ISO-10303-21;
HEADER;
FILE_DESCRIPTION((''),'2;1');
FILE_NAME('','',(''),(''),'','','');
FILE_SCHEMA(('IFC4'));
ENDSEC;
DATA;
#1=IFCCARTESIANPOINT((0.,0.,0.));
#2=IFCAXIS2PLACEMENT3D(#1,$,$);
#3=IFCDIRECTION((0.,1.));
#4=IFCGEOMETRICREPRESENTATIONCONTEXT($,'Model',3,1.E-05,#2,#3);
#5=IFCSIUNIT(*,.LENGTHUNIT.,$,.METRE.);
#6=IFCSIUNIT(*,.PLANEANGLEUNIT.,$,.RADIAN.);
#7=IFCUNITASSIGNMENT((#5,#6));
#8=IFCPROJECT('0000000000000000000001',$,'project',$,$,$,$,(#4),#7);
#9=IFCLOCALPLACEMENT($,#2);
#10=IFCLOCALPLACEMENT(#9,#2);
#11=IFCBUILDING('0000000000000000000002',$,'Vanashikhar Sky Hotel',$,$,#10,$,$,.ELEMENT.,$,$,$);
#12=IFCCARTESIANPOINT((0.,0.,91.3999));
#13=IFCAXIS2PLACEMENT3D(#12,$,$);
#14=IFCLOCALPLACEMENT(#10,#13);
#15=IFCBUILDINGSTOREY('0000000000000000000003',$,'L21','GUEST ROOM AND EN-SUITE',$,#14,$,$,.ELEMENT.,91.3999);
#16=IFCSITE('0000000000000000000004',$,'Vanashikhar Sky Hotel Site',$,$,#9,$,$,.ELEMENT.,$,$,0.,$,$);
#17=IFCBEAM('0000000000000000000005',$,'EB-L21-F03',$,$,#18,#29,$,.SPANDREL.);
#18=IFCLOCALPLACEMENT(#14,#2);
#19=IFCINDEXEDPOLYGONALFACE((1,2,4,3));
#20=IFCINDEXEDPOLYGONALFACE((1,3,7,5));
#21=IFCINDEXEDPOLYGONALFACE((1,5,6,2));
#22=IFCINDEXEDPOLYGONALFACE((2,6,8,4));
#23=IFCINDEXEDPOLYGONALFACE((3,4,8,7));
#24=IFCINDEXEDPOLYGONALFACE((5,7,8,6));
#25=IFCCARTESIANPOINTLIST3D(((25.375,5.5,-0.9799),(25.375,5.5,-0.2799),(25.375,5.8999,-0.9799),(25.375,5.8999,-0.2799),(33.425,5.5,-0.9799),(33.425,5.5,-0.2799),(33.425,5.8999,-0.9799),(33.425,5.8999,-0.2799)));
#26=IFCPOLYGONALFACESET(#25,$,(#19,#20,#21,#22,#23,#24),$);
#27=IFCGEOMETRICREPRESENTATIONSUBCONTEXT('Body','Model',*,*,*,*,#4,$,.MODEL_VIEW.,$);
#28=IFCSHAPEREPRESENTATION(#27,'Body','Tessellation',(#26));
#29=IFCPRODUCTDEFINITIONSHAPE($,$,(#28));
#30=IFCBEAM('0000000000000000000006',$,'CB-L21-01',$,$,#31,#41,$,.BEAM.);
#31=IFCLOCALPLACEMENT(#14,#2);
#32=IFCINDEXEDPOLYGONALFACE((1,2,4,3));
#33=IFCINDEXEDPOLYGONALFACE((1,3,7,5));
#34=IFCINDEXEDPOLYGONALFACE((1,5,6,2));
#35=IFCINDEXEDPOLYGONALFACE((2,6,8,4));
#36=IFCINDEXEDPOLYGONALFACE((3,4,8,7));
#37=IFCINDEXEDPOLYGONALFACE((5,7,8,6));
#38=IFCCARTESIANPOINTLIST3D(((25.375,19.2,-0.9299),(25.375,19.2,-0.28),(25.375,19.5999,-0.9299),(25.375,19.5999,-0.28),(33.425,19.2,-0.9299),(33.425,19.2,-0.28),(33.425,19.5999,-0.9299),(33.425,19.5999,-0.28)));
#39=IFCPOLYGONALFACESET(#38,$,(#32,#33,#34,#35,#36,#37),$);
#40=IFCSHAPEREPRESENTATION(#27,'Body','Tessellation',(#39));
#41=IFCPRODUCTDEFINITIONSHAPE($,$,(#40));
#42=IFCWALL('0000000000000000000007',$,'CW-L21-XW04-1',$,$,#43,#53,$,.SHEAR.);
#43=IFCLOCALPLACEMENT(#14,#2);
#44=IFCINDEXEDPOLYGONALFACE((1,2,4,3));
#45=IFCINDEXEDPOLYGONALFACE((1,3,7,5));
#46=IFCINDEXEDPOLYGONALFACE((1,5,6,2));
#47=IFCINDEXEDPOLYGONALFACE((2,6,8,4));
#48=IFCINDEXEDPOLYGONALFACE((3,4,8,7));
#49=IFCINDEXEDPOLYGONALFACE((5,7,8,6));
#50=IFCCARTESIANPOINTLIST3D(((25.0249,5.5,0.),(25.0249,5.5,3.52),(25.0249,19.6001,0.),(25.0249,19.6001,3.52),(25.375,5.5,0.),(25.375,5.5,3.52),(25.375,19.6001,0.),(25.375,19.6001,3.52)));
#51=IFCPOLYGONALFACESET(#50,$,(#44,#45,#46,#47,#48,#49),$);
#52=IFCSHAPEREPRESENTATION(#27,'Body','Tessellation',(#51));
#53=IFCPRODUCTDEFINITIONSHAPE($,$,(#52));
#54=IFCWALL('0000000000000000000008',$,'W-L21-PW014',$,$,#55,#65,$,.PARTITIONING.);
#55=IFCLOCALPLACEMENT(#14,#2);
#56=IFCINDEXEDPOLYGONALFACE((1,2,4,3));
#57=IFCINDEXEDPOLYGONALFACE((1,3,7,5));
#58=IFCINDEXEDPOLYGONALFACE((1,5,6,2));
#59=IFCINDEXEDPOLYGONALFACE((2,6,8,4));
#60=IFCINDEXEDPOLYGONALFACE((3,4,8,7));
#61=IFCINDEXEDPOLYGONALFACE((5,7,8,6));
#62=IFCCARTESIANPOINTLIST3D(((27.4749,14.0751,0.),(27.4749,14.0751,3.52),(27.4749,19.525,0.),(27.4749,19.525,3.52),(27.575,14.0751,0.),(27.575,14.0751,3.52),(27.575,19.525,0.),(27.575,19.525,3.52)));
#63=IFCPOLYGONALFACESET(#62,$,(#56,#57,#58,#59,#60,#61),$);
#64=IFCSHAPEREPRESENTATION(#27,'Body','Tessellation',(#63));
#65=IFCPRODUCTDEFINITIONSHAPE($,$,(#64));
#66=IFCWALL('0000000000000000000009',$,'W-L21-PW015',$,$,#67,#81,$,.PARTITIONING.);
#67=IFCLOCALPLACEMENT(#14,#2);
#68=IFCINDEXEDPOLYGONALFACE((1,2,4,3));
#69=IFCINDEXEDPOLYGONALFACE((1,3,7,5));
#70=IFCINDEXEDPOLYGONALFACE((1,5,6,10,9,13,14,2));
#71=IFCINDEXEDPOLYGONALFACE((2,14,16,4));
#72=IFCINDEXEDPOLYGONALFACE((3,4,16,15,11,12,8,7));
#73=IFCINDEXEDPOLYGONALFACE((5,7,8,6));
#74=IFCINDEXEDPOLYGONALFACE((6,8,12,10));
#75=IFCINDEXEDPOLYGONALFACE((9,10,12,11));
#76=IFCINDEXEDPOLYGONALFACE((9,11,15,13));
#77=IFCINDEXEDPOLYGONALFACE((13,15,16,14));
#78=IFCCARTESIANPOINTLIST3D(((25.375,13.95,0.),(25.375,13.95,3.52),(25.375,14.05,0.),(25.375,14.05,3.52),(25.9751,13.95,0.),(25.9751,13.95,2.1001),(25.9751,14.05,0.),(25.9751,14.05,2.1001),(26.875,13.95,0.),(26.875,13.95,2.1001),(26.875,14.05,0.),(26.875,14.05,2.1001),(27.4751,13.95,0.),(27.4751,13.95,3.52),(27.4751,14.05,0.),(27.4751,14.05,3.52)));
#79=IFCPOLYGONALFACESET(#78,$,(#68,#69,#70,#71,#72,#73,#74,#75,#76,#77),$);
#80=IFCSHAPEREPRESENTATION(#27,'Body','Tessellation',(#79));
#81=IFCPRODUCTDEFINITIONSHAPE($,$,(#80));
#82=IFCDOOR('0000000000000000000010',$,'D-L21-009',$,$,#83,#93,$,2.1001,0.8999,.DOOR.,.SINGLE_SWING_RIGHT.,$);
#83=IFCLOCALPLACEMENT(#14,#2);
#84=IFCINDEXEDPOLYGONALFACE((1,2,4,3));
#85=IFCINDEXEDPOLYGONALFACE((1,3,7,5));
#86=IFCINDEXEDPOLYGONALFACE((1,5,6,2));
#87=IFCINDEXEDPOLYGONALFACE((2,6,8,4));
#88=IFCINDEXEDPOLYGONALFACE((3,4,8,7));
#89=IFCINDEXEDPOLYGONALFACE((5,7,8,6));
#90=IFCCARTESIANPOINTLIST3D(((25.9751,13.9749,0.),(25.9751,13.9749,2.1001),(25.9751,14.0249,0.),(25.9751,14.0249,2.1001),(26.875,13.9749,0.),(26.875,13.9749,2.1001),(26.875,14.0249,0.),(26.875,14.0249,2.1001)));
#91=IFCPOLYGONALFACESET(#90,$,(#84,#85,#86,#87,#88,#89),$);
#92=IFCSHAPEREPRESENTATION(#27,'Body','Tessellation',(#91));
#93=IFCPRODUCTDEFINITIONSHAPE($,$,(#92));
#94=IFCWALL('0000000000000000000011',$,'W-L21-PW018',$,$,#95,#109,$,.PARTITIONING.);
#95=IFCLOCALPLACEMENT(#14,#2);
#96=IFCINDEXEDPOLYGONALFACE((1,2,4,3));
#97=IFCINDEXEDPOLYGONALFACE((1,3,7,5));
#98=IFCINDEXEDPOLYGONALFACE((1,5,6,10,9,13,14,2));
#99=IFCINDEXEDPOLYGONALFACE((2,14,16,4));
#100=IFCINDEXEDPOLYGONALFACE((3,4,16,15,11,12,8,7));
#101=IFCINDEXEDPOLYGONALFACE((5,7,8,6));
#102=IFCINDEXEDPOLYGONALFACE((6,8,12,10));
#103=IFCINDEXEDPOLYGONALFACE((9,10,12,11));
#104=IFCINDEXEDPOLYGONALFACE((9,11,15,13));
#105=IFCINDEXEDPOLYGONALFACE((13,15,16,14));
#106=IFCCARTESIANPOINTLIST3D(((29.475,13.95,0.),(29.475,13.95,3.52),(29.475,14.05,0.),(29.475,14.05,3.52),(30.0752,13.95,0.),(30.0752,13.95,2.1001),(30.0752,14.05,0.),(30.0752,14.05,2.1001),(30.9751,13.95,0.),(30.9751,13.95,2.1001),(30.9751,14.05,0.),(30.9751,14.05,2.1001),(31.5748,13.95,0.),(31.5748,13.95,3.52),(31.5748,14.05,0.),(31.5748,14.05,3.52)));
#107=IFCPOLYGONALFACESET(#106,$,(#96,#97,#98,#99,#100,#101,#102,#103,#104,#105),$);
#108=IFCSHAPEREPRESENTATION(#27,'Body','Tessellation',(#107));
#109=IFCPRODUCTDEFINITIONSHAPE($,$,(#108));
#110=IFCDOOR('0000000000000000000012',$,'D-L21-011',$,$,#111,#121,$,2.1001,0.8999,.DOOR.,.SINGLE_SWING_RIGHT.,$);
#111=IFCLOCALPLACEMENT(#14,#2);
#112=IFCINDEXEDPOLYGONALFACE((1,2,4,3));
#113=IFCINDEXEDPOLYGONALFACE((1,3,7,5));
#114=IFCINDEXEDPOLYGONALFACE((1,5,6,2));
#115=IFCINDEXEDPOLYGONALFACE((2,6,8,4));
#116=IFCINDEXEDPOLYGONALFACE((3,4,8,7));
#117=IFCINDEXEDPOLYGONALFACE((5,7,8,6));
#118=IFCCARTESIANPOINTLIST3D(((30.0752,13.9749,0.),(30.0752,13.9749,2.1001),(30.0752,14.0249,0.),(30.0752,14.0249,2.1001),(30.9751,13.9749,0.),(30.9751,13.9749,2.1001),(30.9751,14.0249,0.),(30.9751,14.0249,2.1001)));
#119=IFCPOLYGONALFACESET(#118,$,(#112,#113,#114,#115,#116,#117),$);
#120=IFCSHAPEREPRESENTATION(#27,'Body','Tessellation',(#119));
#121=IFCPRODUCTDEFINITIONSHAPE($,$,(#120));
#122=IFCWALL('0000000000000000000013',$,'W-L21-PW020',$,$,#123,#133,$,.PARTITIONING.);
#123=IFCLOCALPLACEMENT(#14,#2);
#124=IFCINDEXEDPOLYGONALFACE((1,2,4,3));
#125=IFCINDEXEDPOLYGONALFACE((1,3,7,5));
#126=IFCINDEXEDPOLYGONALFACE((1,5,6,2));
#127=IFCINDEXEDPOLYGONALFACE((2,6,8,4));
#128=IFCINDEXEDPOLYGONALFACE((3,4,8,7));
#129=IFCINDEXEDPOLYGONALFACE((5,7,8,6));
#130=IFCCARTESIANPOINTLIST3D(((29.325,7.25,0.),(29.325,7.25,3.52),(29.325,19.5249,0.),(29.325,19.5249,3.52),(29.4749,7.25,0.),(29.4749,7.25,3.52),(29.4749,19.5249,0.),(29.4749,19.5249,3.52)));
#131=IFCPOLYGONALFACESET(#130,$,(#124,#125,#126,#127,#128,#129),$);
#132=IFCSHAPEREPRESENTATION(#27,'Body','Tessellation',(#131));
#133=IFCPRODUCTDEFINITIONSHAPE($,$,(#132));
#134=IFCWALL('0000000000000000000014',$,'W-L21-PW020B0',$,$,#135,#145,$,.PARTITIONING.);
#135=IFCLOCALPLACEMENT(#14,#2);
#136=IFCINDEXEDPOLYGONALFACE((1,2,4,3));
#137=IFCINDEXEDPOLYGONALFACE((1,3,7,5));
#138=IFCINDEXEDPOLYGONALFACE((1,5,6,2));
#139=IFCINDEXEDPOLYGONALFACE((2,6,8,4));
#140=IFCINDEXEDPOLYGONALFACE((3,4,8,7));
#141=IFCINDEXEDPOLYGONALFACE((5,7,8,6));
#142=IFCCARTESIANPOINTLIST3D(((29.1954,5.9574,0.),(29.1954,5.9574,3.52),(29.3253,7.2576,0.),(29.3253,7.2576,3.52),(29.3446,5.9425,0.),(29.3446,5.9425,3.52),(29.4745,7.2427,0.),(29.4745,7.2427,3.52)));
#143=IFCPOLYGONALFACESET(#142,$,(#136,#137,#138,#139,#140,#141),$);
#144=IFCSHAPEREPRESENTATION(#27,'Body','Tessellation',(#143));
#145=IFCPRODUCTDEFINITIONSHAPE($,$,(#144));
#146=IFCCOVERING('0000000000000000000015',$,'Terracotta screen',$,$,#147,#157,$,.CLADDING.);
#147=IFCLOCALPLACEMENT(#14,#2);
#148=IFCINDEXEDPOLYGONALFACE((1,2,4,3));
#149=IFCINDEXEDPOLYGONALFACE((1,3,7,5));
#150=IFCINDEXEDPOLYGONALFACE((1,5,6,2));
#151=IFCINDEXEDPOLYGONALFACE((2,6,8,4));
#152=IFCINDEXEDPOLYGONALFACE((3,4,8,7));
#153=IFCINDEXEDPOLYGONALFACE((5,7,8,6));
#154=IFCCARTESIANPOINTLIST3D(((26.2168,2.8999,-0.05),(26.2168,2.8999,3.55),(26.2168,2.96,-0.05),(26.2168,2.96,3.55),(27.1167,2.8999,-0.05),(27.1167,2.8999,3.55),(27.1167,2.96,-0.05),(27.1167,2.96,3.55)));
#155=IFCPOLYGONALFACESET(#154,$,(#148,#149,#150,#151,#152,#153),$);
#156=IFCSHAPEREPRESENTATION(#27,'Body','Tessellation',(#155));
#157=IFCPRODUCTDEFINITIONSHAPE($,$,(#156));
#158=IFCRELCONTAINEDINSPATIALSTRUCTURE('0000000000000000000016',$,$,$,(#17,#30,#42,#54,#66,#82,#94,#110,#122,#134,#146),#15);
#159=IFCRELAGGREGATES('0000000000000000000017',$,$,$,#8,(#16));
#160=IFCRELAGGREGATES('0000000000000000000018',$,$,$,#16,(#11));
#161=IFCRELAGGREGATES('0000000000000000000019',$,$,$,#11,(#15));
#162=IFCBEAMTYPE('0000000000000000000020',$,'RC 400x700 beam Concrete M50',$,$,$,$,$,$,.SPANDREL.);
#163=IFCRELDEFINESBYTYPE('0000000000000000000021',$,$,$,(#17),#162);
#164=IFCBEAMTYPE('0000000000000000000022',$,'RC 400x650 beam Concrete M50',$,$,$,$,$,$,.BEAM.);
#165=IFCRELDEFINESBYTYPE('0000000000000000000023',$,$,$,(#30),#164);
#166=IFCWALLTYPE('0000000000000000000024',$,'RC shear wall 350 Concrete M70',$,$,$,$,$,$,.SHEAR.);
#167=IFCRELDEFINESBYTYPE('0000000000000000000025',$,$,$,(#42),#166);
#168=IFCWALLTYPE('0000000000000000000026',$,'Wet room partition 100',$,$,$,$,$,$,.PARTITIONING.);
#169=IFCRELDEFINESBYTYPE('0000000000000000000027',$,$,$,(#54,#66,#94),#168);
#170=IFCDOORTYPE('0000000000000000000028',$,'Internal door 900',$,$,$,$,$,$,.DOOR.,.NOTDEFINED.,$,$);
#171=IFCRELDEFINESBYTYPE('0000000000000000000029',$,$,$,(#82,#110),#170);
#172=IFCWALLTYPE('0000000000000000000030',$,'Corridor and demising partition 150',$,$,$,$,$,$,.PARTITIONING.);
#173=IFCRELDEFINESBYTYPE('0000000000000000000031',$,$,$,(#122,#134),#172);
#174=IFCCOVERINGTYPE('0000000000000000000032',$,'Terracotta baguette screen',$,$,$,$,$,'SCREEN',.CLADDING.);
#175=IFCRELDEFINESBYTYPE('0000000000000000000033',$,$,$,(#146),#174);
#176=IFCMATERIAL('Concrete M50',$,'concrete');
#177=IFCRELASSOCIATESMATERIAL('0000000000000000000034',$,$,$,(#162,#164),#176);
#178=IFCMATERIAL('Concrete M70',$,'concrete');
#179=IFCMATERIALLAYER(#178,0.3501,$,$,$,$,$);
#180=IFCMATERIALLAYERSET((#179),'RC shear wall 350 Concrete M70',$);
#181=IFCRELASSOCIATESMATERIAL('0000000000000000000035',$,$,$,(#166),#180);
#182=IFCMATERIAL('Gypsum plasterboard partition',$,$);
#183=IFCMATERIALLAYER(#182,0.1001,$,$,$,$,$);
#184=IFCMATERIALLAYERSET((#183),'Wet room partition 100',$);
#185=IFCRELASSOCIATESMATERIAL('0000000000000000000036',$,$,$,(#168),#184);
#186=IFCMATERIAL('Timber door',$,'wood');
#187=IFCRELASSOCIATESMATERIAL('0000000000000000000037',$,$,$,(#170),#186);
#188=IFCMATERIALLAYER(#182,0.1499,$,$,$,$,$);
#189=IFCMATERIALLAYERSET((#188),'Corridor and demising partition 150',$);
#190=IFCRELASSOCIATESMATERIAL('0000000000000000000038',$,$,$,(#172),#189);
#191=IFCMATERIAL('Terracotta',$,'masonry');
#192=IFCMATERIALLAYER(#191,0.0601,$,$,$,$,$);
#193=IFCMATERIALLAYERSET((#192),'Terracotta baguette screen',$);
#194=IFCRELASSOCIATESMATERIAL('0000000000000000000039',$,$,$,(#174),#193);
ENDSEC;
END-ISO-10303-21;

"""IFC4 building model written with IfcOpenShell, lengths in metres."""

from ifc_helpers import new_model, si_unit, direction, frame, frame_2d, origin, origin_2d, place, context, subcontext, project, spatial, rectangle, extrude, source, transform, mapped, material, layer, layer_set, material_profile, profile_set, type_object, element, fill, save


model = new_model("IFC4")

# Units and contexts
model_context = context("Model", 3, precision=1e-05, world=origin(), true_north=direction((0.0, 1.0)))
body_context = subcontext(model_context, "Body", "Model", "MODEL_VIEW")
ifc_project = project(units=[si_unit("LENGTHUNIT", "METRE"), si_unit("PLANEANGLEUNIT", "RADIAN")], contexts=[model_context])

# Site, building, storey
site_placement = place(None, origin())
site = spatial("IfcSite", under=ifc_project, at=site_placement, Name="Vanashikhar Sky Hotel Site", CompositionType="ELEMENT", RefElevation=0.0)
building_placement = place(site_placement, origin())
building = spatial("IfcBuilding", under=site, at=building_placement, Name="Vanashikhar Sky Hotel", CompositionType="ELEMENT")
storey_placement = place(building_placement, frame((0.0, 0.0, 91.3999)))
storey = spatial("IfcBuildingStorey", under=building, at=storey_placement, Name="L21", Description="GUEST ROOM AND EN-SUITE", CompositionType="ELEMENT", Elevation=91.3999)

# Beams
ifc_material_1 = material(Name="Concrete M50", Category="concrete")
ifc_material_profile_1 = material_profile(ifc_material_1, rectangle(XDim=0.3999, YDim=0.7, at=origin_2d()))
ifc_profile_set_1 = profile_set([ifc_material_profile_1], Name="RC 400x700 beam Concrete M50")
beam_type_1 = type_object("IfcBeamType", Name="RC 400x700 beam Concrete M50", PredefinedType="SPANDREL", material=ifc_profile_set_1)
shared_shape_1 = source(origin(), body_context, "Body", "SweptSolid", [
    extrude(rectangle(XDim=0.3999, YDim=0.7, at=origin_2d()), origin(), (0.0, 0.0, 1.0), 8.05),
])
beam_1_placement = place(storey_placement, frame((25.375, 5.7, -0.6299), z_axis=(1.0, 0.0, 0.0), x_axis=(0.0, 1.0, 0.0)))
element("IfcBeam", 1, at=beam_1_placement, inside=storey, type_object=beam_type_1, Name="EB-L21-F03", PredefinedType="SPANDREL", context=body_context, shape_type="MappedRepresentation", body=[
    mapped(shared_shape_1, transform((0.0, 0.0, 0.0), scale=1.0)),
])
ifc_material_profile_2 = material_profile(ifc_material_1, rectangle(XDim=0.3999, YDim=0.6499, at=origin_2d()))
ifc_profile_set_2 = profile_set([ifc_material_profile_2], Name="RC 400x650 beam Concrete M50")
beam_type_2 = type_object("IfcBeamType", Name="RC 400x650 beam Concrete M50", PredefinedType="BEAM", material=ifc_profile_set_2)
shared_shape_2 = source(origin(), body_context, "Body", "SweptSolid", [
    extrude(rectangle(XDim=0.3999, YDim=0.6499, at=origin_2d()), origin(), (0.0, 0.0, 1.0), 8.05),
])
beam_2_placement = place(storey_placement, frame((25.375, 19.3999, -0.605), z_axis=(1.0, 0.0, 0.0), x_axis=(0.0, 1.0, 0.0)))
element("IfcBeam", 2, at=beam_2_placement, inside=storey, type_object=beam_type_2, Name="CB-L21-01", PredefinedType="BEAM", context=body_context, shape_type="MappedRepresentation", body=[
    mapped(shared_shape_2, transform((0.0, 0.0, 0.0), scale=1.0)),
])

# Wall
ifc_material_2 = material(Name="Concrete M70", Category="concrete")
ifc_layer_1 = layer(ifc_material_2, 0.3501)
ifc_layer_set_1 = layer_set([ifc_layer_1], Name="RC shear wall 350 Concrete M70")
wall_type_1 = type_object("IfcWallType", Name="RC shear wall 350 Concrete M70", PredefinedType="SHEAR", material=ifc_layer_set_1)
shared_shape_3 = source(origin(), body_context, "Body", "SweptSolid", [
    extrude(rectangle(XDim=14.1001, YDim=0.3501, at=frame_2d((7.05, 0.0))), origin(), (0.0, 0.0, 1.0), 3.52),
])
wall_1_placement = place(storey_placement, frame((25.2, 5.5, 0.0), z_axis=(0.0, 0.0, 1.0), x_axis=(0.0, 1.0, 0.0)))
element("IfcWall", 3, at=wall_1_placement, inside=storey, type_object=wall_type_1, Name="CW-L21-XW04-1", PredefinedType="SHEAR", context=body_context, shape_type="MappedRepresentation", body=[
    mapped(shared_shape_3, transform((0.0, 0.0, 0.0), scale=1.0)),
])

# Wall
ifc_material_3 = material(Name="Gypsum plasterboard partition")
ifc_layer_2 = layer(ifc_material_3, 0.1001)
ifc_layer_set_2 = layer_set([ifc_layer_2], Name="Wet room partition 100")
wall_type_2 = type_object("IfcWallType", Name="Wet room partition 100", PredefinedType="PARTITIONING", material=ifc_layer_set_2)
shared_shape_4 = source(origin(), body_context, "Body", "SweptSolid", [
    extrude(rectangle(XDim=5.45, YDim=0.1001, at=frame_2d((2.7251, 0.0))), origin(), (0.0, 0.0, 1.0), 3.52),
])
wall_2_placement = place(storey_placement, frame((27.5249, 14.075, 0.0), z_axis=(0.0, 0.0, 1.0), x_axis=(0.0, 1.0, 0.0)))
element("IfcWall", 4, at=wall_2_placement, inside=storey, type_object=wall_type_2, Name="W-L21-PW014", PredefinedType="PARTITIONING", context=body_context, shape_type="MappedRepresentation", body=[
    mapped(shared_shape_4, transform((0.0, 0.0, 0.0), scale=1.0)),
])

# Walls, openings, doors
shared_shape_5 = source(origin(), body_context, "Body", "SweptSolid", [
    extrude(rectangle(XDim=2.1001, YDim=0.1001, at=frame_2d((1.05, 0.0))), origin(), (0.0, 0.0, 1.0), 3.52),
])
wall_3_placement = place(storey_placement, frame((25.375, 14.0, 0.0), z_axis=(0.0, 0.0, 1.0), x_axis=(1.0, 0.0, 0.0)))
wall_3 = element("IfcWall", 5, at=wall_3_placement, inside=storey, type_object=wall_type_2, Name="W-L21-PW015", PredefinedType="PARTITIONING", context=body_context, shape_type="MappedRepresentation", body=[
    mapped(shared_shape_5, transform((0.0, 0.0, 0.0), scale=1.0)),
])
shared_shape_6 = source(origin(), body_context, "Body", "SweptSolid", [
    extrude(rectangle(XDim=0.8999, YDim=2.1001, at=frame_2d((0.45, 1.05))), frame((0.0, 0.0601, 0.0), z_axis=(0.0, -1.0, 0.0), x_axis=(1.0, 0.0, 0.0)), (0.0, 0.0, 1.0), 0.1201),
])
opening_1_placement = place(wall_3_placement, frame((0.6001, 0.0, 0.0)))
opening_1 = element("IfcOpeningElement", 6, at=opening_1_placement, cuts=wall_3, PredefinedType="OPENING", context=body_context, shape_type="MappedRepresentation", body=[
    mapped(shared_shape_6, transform((0.0, 0.0, 0.0), scale=1.0)),
])
ifc_material_4 = material(Name="Timber door", Category="wood")
door_type_1 = type_object("IfcDoorType", Name="Internal door 900", OperationType="NOTDEFINED", PredefinedType="DOOR", material=ifc_material_4)
shared_shape_7 = source(origin(), body_context, "Body", "SweptSolid", [
    extrude(rectangle(XDim=0.8999, YDim=2.1001, at=frame_2d((0.45, 1.05))), frame((0.0, 0.0249, 0.0), z_axis=(0.0, -1.0, 0.0), x_axis=(1.0, 0.0, 0.0)), (0.0, 0.0, 1.0), 0.05),
])
door_1_placement = place(opening_1_placement, origin())
door_1 = element("IfcDoor", 7, at=door_1_placement, inside=storey, type_object=door_type_1, Name="D-L21-009", OperationType="SINGLE_SWING_RIGHT", OverallHeight=2.1001, OverallWidth=0.8999, PredefinedType="DOOR", context=body_context, shape_type="MappedRepresentation", body=[
    mapped(shared_shape_7, transform((0.0, 0.0, 0.0), scale=1.0)),
])
fill(opening_1, door_1)
shared_shape_8 = source(origin(), body_context, "Body", "SweptSolid", [
    extrude(rectangle(XDim=2.0999, YDim=0.1001, at=frame_2d((1.0498, 0.0))), origin(), (0.0, 0.0, 1.0), 3.52),
])
wall_4_placement = place(storey_placement, frame((29.4751, 14.0, 0.0), z_axis=(0.0, 0.0, 1.0), x_axis=(1.0, 0.0, 0.0)))
wall_4 = element("IfcWall", 8, at=wall_4_placement, inside=storey, type_object=wall_type_2, Name="W-L21-PW018", PredefinedType="PARTITIONING", context=body_context, shape_type="MappedRepresentation", body=[
    mapped(shared_shape_8, transform((0.0, 0.0, 0.0), scale=1.0)),
])
opening_2_placement = place(wall_4_placement, frame((0.6001, 0.0, 0.0)))
opening_2 = element("IfcOpeningElement", 9, at=opening_2_placement, cuts=wall_4, PredefinedType="OPENING", context=body_context, shape_type="MappedRepresentation", body=[
    mapped(shared_shape_6, transform((0.0, 0.0, 0.0), scale=1.0)),
])
door_2_placement = place(opening_2_placement, origin())
door_2 = element("IfcDoor", 10, at=door_2_placement, inside=storey, type_object=door_type_1, Name="D-L21-011", OperationType="SINGLE_SWING_RIGHT", OverallHeight=2.1001, OverallWidth=0.8999, PredefinedType="DOOR", context=body_context, shape_type="MappedRepresentation", body=[
    mapped(shared_shape_7, transform((0.0, 0.0, 0.0), scale=1.0)),
])
fill(opening_2, door_2)

# Walls
ifc_layer_3 = layer(ifc_material_3, 0.1499)
ifc_layer_set_3 = layer_set([ifc_layer_3], Name="Corridor and demising partition 150")
wall_type_3 = type_object("IfcWallType", Name="Corridor and demising partition 150", PredefinedType="PARTITIONING", material=ifc_layer_set_3)
shared_shape_9 = source(origin(), body_context, "Body", "SweptSolid", [
    extrude(rectangle(XDim=12.2749, YDim=0.1499, at=frame_2d((6.1375, 0.0))), origin(), (0.0, 0.0, 1.0), 3.52),
])
wall_5_placement = place(storey_placement, frame((29.3999, 7.25, 0.0), z_axis=(0.0, 0.0, 1.0), x_axis=(0.0, 1.0, 0.0)))
element("IfcWall", 11, at=wall_5_placement, inside=storey, type_object=wall_type_3, Name="W-L21-PW020", PredefinedType="PARTITIONING", context=body_context, shape_type="MappedRepresentation", body=[
    mapped(shared_shape_9, transform((0.0, 0.0, 0.0), scale=1.0)),
])
shared_shape_10 = source(origin(), body_context, "Body", "SweptSolid", [
    extrude(rectangle(XDim=1.3066, YDim=0.1499, at=frame_2d((0.6533, 0.0))), origin(), (0.0, 0.0, 1.0), 3.52),
])
wall_6_placement = place(storey_placement, frame((29.27, 5.95, 0.0), z_axis=(0.0, 0.0, 1.0), x_axis=(0.099411, 0.995046, 0.0)))
element("IfcWall", 12, at=wall_6_placement, inside=storey, type_object=wall_type_3, Name="W-L21-PW020B0", PredefinedType="PARTITIONING", context=body_context, shape_type="MappedRepresentation", body=[
    mapped(shared_shape_10, transform((0.0, 0.0, 0.0), scale=1.0)),
])

# Covering
ifc_material_5 = material(Name="Terracotta", Category="masonry")
ifc_layer_4 = layer(ifc_material_5, 0.0601)
ifc_layer_set_4 = layer_set([ifc_layer_4], Name="Terracotta baguette screen")
covering_type = type_object("IfcCoveringType", Name="Terracotta baguette screen", ElementType="SCREEN", PredefinedType="CLADDING", material=ifc_layer_set_4)
shared_shape_11 = source(origin(), body_context, "Body", "SweptSolid", [
    extrude(rectangle(XDim=0.8999, YDim=0.0601, at=origin_2d()), origin(), (0.0, 0.0, 1.0), 3.6001),
])
for number, where, z_axis, x_axis, name in (
    (13, (26.6667, 2.9299, -0.05), (0.0, 0.0, 1.0), (1.0, 0.0, 0.0), "Terracotta screen"),
):
    element("IfcCovering", number, at=place(storey_placement, frame(where, z_axis=z_axis, x_axis=x_axis)), inside=storey, type_object=covering_type, Name=name, PredefinedType="CLADDING", context=body_context, shape_type="MappedRepresentation", body=[
        mapped(shared_shape_11, transform((0.0, 0.0, 0.0), scale=1.0)),
    ])

save(model, "model.ifc")
